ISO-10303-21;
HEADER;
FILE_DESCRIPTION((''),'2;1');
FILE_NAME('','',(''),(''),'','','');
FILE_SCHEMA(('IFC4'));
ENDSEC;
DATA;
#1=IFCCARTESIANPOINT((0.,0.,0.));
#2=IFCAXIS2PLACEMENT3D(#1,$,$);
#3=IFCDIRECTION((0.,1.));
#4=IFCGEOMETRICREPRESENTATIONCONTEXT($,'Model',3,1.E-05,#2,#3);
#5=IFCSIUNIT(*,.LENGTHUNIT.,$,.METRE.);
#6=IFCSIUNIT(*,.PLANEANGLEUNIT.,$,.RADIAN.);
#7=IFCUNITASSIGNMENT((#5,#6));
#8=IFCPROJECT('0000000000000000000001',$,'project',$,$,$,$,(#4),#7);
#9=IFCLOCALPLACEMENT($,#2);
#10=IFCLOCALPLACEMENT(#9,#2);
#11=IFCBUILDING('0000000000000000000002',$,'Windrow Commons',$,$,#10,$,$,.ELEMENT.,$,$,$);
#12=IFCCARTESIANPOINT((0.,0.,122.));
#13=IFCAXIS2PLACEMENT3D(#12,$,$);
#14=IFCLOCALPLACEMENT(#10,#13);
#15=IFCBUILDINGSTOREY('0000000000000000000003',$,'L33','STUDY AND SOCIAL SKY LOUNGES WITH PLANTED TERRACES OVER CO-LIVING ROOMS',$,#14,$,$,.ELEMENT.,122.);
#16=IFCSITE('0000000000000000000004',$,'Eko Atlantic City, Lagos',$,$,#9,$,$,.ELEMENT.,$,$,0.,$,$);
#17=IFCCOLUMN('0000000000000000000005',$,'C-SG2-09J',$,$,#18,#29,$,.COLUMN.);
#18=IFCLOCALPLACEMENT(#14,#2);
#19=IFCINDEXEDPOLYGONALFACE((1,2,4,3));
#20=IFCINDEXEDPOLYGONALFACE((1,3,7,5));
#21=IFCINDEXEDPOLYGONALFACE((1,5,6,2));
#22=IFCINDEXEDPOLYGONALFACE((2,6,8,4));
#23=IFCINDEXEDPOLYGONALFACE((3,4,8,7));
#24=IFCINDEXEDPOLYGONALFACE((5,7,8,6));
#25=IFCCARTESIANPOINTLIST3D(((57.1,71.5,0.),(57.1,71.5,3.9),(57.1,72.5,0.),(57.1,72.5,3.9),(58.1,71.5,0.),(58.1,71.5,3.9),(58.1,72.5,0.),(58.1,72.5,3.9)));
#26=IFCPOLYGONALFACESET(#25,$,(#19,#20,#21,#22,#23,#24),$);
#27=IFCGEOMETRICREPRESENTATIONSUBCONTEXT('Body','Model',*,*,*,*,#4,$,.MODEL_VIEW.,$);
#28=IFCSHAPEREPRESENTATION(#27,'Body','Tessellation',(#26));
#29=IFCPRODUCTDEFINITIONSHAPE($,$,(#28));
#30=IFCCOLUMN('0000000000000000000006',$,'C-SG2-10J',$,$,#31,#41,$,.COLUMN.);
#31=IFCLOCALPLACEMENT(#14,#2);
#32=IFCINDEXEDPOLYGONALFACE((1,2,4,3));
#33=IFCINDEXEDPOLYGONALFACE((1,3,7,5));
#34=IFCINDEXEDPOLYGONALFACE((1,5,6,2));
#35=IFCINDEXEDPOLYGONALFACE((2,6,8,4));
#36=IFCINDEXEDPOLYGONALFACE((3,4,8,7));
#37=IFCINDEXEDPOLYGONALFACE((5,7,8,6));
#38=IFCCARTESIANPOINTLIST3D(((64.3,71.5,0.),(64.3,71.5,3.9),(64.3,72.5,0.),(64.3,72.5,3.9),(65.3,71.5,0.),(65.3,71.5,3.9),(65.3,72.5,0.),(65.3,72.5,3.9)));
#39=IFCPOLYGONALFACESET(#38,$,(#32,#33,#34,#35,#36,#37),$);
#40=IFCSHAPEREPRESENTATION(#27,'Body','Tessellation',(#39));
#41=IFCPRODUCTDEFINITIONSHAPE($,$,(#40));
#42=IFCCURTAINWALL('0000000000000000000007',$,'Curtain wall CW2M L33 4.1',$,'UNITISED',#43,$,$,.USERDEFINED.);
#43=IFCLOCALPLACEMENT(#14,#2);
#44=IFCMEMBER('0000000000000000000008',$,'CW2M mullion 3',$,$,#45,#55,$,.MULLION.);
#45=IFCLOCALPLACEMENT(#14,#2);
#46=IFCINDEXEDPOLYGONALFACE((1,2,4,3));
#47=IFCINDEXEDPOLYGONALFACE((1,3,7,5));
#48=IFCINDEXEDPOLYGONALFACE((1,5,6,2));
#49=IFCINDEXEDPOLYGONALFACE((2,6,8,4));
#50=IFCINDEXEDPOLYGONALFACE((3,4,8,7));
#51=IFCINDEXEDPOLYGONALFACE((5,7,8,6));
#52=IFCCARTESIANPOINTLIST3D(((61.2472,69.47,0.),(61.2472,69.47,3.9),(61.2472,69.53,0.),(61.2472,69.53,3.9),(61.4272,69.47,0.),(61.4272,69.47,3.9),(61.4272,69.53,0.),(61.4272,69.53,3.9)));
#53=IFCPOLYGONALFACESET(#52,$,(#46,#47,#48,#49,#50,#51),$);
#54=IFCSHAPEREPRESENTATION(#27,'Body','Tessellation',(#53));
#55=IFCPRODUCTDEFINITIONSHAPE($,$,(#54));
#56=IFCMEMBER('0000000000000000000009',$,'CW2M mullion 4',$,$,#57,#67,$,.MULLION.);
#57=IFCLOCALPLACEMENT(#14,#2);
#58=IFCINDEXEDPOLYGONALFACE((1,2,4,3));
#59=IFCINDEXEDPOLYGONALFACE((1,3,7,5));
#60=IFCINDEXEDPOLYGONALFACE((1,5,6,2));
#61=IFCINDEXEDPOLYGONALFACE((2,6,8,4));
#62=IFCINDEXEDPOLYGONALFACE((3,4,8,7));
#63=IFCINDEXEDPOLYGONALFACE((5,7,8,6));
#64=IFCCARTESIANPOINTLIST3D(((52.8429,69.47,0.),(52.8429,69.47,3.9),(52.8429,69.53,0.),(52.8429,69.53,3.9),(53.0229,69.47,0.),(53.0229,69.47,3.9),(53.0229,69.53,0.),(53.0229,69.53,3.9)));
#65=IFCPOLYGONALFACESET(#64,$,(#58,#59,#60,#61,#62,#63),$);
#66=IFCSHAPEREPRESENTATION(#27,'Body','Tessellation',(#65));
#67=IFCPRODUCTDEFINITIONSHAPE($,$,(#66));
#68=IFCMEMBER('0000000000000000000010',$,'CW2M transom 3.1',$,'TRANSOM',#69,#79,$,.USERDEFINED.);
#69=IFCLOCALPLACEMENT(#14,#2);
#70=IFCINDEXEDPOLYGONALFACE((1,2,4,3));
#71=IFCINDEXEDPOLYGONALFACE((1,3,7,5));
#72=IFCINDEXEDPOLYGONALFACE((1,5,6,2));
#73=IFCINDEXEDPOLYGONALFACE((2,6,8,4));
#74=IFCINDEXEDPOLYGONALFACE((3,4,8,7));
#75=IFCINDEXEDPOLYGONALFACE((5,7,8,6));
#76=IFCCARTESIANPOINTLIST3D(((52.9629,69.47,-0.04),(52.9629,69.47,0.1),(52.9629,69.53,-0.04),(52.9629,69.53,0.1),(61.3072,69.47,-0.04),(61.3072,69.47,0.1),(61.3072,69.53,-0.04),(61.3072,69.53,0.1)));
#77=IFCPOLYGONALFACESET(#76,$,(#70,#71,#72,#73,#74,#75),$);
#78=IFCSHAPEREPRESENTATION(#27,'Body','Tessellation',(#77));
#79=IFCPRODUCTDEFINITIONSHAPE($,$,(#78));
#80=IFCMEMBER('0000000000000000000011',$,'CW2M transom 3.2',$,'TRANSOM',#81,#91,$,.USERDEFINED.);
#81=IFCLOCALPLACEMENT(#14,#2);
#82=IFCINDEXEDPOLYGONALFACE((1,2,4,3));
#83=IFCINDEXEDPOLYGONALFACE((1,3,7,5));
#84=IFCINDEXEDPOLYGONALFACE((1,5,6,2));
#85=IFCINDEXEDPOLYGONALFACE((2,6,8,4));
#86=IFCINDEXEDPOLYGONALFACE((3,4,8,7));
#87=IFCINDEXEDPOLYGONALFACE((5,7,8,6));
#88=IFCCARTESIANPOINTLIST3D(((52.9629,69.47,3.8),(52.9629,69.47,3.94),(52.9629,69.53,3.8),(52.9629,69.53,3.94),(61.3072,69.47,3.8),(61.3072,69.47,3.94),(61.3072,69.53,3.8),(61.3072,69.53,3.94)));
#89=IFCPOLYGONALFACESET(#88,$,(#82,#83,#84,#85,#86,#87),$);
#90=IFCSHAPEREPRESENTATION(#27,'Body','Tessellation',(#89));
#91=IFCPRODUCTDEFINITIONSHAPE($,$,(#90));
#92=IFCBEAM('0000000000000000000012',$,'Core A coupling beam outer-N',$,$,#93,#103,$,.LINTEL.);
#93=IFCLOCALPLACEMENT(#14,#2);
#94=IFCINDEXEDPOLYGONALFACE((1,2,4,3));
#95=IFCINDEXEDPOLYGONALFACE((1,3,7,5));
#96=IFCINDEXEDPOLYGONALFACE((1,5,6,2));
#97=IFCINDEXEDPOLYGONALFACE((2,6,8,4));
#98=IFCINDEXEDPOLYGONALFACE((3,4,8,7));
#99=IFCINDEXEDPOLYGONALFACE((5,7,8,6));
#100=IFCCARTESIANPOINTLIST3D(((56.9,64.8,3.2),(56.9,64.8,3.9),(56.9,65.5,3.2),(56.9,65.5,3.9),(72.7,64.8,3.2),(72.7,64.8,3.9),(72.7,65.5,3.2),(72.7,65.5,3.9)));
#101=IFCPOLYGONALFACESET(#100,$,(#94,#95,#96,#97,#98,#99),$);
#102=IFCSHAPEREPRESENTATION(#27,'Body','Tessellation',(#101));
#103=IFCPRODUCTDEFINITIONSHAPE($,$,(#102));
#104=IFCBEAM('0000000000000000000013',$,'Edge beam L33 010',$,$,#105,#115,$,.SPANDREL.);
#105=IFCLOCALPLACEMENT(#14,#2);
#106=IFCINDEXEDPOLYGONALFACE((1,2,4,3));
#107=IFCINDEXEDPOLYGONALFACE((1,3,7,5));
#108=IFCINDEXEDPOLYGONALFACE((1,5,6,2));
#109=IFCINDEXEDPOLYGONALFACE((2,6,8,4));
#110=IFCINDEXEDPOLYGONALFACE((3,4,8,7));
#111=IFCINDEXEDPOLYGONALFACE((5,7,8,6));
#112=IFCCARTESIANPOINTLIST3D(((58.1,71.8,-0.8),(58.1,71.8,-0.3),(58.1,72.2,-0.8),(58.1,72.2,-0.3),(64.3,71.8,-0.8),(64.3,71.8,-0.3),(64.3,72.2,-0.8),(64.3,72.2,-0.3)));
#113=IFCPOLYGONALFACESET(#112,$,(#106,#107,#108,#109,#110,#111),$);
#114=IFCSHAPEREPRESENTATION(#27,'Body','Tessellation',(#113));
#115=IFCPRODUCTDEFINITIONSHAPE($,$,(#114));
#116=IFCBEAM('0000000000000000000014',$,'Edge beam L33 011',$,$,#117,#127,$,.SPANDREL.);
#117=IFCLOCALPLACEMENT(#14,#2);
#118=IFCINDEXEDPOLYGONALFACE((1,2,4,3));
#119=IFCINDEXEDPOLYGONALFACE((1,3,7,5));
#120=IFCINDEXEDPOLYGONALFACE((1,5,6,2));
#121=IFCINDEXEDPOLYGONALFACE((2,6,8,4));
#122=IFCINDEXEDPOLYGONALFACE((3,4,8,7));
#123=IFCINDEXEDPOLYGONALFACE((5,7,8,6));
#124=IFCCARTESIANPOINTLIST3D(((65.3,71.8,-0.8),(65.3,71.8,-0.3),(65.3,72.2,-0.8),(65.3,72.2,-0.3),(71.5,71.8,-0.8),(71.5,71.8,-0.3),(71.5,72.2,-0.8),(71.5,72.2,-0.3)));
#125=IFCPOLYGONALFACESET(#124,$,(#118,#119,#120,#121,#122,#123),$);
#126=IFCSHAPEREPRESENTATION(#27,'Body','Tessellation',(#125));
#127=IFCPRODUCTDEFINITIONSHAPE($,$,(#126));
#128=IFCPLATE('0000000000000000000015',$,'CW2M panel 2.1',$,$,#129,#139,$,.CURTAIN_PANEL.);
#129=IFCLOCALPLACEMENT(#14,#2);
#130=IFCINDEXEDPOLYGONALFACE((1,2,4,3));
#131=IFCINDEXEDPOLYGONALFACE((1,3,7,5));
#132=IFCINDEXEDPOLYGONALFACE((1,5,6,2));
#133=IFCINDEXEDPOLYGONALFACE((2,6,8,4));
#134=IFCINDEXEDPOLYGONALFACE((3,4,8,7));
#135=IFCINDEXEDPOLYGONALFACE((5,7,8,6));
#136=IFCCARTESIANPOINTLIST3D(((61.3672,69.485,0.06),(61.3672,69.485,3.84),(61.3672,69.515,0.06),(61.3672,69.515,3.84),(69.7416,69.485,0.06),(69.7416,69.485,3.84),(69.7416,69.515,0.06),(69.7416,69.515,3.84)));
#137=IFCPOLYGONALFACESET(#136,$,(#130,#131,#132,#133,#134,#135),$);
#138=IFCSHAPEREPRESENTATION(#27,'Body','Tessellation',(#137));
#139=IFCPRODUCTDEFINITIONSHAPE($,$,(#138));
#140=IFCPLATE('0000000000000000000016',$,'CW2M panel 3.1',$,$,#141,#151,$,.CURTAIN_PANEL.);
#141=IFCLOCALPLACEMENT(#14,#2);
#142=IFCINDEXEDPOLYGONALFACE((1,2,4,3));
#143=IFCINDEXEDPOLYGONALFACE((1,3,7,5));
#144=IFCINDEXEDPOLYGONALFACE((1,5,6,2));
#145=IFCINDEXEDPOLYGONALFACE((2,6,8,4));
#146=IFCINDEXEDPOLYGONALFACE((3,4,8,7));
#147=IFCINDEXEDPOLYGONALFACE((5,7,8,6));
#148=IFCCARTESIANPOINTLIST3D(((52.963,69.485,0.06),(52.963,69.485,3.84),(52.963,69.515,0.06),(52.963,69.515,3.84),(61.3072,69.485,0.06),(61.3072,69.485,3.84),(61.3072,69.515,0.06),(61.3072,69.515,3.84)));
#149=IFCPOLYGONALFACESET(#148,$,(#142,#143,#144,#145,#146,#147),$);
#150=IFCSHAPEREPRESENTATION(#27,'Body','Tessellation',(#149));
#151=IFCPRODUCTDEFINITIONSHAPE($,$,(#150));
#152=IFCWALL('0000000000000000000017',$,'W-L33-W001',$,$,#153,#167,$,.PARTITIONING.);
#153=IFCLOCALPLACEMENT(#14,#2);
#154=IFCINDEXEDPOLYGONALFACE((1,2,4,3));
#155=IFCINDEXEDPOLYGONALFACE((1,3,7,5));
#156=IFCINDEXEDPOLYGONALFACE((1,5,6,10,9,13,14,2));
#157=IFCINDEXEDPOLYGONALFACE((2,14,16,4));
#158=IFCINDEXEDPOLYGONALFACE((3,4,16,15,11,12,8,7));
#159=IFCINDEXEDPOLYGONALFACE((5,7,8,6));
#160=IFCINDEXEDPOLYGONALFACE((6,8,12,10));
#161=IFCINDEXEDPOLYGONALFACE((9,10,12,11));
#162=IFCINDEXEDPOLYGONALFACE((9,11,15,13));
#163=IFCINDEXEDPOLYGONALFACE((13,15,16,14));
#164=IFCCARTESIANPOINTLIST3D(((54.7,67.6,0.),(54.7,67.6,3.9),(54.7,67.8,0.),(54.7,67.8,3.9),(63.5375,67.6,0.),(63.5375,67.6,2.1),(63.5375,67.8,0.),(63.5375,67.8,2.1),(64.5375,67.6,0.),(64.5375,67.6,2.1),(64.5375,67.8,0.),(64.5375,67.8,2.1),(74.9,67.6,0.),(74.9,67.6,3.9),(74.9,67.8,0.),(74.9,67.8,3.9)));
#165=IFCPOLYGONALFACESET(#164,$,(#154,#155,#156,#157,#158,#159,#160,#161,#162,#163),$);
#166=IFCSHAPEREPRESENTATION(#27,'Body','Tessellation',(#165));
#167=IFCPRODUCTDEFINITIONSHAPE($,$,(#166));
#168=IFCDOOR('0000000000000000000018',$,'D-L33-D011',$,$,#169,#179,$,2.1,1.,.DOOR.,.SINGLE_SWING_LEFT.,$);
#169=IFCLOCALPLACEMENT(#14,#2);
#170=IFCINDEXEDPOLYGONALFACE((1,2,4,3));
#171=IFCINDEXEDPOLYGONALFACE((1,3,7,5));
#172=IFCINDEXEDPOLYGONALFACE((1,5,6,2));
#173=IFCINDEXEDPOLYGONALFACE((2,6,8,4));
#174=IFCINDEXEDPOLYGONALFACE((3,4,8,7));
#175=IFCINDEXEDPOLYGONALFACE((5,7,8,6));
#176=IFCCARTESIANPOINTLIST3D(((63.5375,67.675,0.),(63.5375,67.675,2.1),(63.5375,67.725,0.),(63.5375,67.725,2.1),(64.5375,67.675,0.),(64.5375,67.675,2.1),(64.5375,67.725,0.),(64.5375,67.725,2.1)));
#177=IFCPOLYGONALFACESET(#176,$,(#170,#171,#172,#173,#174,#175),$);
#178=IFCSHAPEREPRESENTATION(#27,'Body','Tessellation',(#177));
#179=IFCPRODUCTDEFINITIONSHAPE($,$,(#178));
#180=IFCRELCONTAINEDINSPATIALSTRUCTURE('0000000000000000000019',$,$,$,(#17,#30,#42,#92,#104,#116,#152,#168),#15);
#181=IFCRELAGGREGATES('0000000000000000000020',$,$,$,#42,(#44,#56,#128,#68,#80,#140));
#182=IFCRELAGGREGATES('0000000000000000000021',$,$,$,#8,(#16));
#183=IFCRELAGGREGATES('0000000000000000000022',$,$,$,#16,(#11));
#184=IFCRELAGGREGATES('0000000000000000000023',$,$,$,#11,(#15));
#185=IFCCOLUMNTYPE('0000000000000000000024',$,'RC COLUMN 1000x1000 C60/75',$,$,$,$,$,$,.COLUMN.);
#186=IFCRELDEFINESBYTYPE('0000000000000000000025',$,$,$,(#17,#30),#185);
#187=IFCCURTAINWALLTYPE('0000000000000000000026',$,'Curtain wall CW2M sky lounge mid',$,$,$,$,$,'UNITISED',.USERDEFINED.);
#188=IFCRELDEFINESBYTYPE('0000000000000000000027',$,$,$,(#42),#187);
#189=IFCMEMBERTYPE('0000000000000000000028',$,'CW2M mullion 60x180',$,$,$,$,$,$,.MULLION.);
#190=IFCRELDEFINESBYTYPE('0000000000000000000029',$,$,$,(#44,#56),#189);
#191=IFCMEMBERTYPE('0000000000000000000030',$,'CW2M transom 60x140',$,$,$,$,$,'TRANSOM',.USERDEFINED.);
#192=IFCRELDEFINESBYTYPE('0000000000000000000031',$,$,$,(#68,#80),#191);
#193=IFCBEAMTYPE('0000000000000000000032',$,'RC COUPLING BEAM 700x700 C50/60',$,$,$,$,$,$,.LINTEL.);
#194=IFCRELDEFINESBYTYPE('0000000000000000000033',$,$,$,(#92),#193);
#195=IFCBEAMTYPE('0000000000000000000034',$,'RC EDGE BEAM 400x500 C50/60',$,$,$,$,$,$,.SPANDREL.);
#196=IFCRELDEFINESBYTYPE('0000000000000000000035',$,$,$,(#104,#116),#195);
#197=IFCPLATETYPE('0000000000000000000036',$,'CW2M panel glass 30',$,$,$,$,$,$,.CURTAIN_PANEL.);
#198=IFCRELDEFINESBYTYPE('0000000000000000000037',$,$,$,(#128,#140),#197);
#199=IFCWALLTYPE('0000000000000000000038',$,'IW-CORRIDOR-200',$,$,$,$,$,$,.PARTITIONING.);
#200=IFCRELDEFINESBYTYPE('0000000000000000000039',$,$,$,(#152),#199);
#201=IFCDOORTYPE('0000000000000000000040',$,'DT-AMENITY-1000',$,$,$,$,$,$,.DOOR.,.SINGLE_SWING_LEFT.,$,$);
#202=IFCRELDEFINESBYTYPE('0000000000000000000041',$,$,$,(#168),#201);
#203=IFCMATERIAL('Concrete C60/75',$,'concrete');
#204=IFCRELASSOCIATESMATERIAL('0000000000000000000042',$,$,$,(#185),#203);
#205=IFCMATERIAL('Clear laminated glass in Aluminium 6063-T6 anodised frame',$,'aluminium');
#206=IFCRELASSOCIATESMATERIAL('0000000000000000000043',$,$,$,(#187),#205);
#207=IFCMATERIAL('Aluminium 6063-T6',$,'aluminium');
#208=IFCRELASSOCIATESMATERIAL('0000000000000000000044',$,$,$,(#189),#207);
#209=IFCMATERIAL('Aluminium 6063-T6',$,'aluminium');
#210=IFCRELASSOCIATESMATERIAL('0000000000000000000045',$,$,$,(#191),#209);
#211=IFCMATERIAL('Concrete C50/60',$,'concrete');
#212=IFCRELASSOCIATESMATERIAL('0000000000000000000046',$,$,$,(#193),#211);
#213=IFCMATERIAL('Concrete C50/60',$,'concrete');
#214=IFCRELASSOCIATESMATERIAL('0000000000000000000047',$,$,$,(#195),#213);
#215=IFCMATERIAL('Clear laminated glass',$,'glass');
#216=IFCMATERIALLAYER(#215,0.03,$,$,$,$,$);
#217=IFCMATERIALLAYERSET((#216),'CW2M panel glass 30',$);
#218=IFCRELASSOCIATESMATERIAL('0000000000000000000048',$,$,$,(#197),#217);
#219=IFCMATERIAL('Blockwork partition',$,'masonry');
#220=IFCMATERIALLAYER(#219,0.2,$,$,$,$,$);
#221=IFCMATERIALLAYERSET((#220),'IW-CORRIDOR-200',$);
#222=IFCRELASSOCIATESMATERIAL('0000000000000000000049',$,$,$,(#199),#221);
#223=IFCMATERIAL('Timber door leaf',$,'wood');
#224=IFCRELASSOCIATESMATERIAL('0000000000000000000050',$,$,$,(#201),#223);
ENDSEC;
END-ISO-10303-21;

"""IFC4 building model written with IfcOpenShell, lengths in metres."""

from ifc_helpers import new_model, si_unit, direction, frame, frame_2d, origin, origin_2d, place, context, subcontext, project, spatial, rectangle, extrude, material, layer, layer_set, material_profile, profile_set, type_object, element, fill, aggregate, save


model = new_model("IFC4")

# Units and contexts
model_context = context("Model", 3, precision=1e-05, world=origin(), true_north=direction((0.0, 1.0)))
body_context = subcontext(model_context, "Body", "Model", "MODEL_VIEW")
ifc_project = project(units=[si_unit("LENGTHUNIT", "METRE"), si_unit("PLANEANGLEUNIT", "RADIAN")], contexts=[model_context])

# Site, building, storey
site_placement = place(None, origin())
site = spatial("IfcSite", under=ifc_project, at=site_placement, Name="Eko Atlantic City, Lagos", CompositionType="ELEMENT", RefElevation=0.0)
building_placement = place(site_placement, origin())
building = spatial("IfcBuilding", under=site, at=building_placement, Name="Windrow Commons", CompositionType="ELEMENT")
storey_placement = place(building_placement, frame((0.0, 0.0, 122.0)))
storey = spatial("IfcBuildingStorey", under=building, at=storey_placement, Name="L33", Description="STUDY AND SOCIAL SKY LOUNGES WITH PLANTED TERRACES OVER CO-LIVING ROOMS", CompositionType="ELEMENT", Elevation=122.0)

# Columns
ifc_material_1 = material(Name="Concrete C60/75", Category="concrete")
ifc_material_profile_1 = material_profile(ifc_material_1, rectangle(XDim=1.0, YDim=1.0, at=origin_2d()))
ifc_profile_set_1 = profile_set([ifc_material_profile_1], Name="Concrete C60/75")
column_type = type_object("IfcColumnType", Name="RC COLUMN 1000x1000 C60/75", PredefinedType="COLUMN", material=ifc_profile_set_1)
for number, where, z_axis, x_axis, name in (
    (1, (57.6, 72.0, 0.0), (0.0, 0.0, 1.0), (1.0, 0.0, 0.0), "C-SG2-09J"),
    (2, (64.8, 72.0, 0.0), (0.0, 0.0, 1.0), (1.0, 0.0, 0.0), "C-SG2-10J"),
):
    element("IfcColumn", number, at=place(storey_placement, frame(where, z_axis=z_axis, x_axis=x_axis)), inside=storey, type_object=column_type, Name=name, PredefinedType="COLUMN", context=body_context, shape_type="SweptSolid", body=[
        extrude(rectangle(XDim=1.0, YDim=1.0, at=origin_2d()), origin(), (0.0, 0.0, 1.0), 3.9),
    ])

# Curtain wall, members
ifc_material_2 = material(Name="Clear laminated glass in Aluminium 6063-T6 anodised frame", Category="aluminium")
curtain_wall_type = type_object("IfcCurtainWallType", Name="Curtain wall CW2M sky lounge mid", ElementType="UNITISED", PredefinedType="USERDEFINED", material=ifc_material_2)
placement = place(storey_placement, origin())
curtain_wall = element("IfcCurtainWall", 3, at=placement, inside=storey, type_object=curtain_wall_type, Name="Curtain wall CW2M L33 4.1", ObjectType="UNITISED", PredefinedType="USERDEFINED")
ifc_material_3 = material(Name="Aluminium 6063-T6", Category="aluminium")
ifc_material_profile_2 = material_profile(ifc_material_3, rectangle(XDim=0.06, YDim=0.18, at=origin_2d()))
ifc_profile_set_2 = profile_set([ifc_material_profile_2], Name="Aluminium 6063-T6")
member_type_1 = type_object("IfcMemberType", Name="CW2M mullion 60x180", PredefinedType="MULLION", material=ifc_profile_set_2)
member_1_placement = place(storey_placement, frame((61.3372, 69.5, 0.0), z_axis=(0.0, 0.0, 1.0), x_axis=(0.0, -1.0, 0.0)))
member_1 = element("IfcMember", 4, at=member_1_placement, type_object=member_type_1, Name="CW2M mullion 3", PredefinedType="MULLION", context=body_context, shape_type="SweptSolid", body=[
    extrude(rectangle(XDim=0.06, YDim=0.18, at=origin_2d()), origin(), (0.0, 0.0, 1.0), 3.9),
])
member_2_placement = place(storey_placement, frame((52.9329, 69.5, 0.0), z_axis=(0.0, 0.0, 1.0), x_axis=(0.0, -1.0, 0.0)))
member_2 = element("IfcMember", 5, at=member_2_placement, type_object=member_type_1, Name="CW2M mullion 4", PredefinedType="MULLION", context=body_context, shape_type="SweptSolid", body=[
    extrude(rectangle(XDim=0.06, YDim=0.18, at=origin_2d()), origin(), (0.0, 0.0, 1.0), 3.9),
])
ifc_material_4 = material(Name="Aluminium 6063-T6", Category="aluminium")
ifc_material_profile_3 = material_profile(ifc_material_4, rectangle(XDim=0.06, YDim=0.14, at=origin_2d()))
ifc_profile_set_3 = profile_set([ifc_material_profile_3], Name="Aluminium 6063-T6")
member_type_2 = type_object("IfcMemberType", Name="CW2M transom 60x140", ElementType="TRANSOM", PredefinedType="USERDEFINED", material=ifc_profile_set_3)
member_3_placement = place(storey_placement, frame((61.3072, 69.5, 0.03), z_axis=(-1.0, 0.0, 0.0), x_axis=(0.0, -1.0, 0.0)))
member_3 = element("IfcMember", 6, at=member_3_placement, type_object=member_type_2, Name="CW2M transom 3.1", ObjectType="TRANSOM", PredefinedType="USERDEFINED", context=body_context, shape_type="SweptSolid", body=[
    extrude(rectangle(XDim=0.06, YDim=0.14, at=origin_2d()), origin(), (0.0, 0.0, 1.0), 8.3443),
])
member_4_placement = place(storey_placement, frame((61.3072, 69.5, 3.87), z_axis=(-1.0, 0.0, 0.0), x_axis=(0.0, -1.0, 0.0)))
member_4 = element("IfcMember", 7, at=member_4_placement, type_object=member_type_2, Name="CW2M transom 3.2", ObjectType="TRANSOM", PredefinedType="USERDEFINED", context=body_context, shape_type="SweptSolid", body=[
    extrude(rectangle(XDim=0.06, YDim=0.14, at=origin_2d()), origin(), (0.0, 0.0, 1.0), 8.3443),
])

# Beams
ifc_material_5 = material(Name="Concrete C50/60", Category="concrete")
ifc_material_profile_4 = material_profile(ifc_material_5, rectangle(XDim=0.7, YDim=0.7, at=origin_2d()))
ifc_profile_set_4 = profile_set([ifc_material_profile_4], Name="Concrete C50/60")
beam_type_1 = type_object("IfcBeamType", Name="RC COUPLING BEAM 700x700 C50/60", PredefinedType="LINTEL", material=ifc_profile_set_4)
beam_placement = place(storey_placement, frame((56.9, 65.15, 3.55), z_axis=(1.0, 0.0, 0.0), x_axis=(0.0, 1.0, 0.0)))
element("IfcBeam", 8, at=beam_placement, inside=storey, type_object=beam_type_1, Name="Core A coupling beam outer-N", PredefinedType="LINTEL", context=body_context, shape_type="SweptSolid", body=[
    extrude(rectangle(XDim=0.7, YDim=0.7, at=origin_2d()), origin(), (0.0, 0.0, 1.0), 15.8),
])
ifc_material_6 = material(Name="Concrete C50/60", Category="concrete")
ifc_material_profile_5 = material_profile(ifc_material_6, rectangle(XDim=0.4, YDim=0.5, at=origin_2d()))
ifc_profile_set_5 = profile_set([ifc_material_profile_5], Name="Concrete C50/60")
beam_type_2 = type_object("IfcBeamType", Name="RC EDGE BEAM 400x500 C50/60", PredefinedType="SPANDREL", material=ifc_profile_set_5)
for number, where, z_axis, x_axis, name in (
    (9, (58.1, 72.0, -0.55), (1.0, 0.0, 0.0), (0.0, 1.0, 0.0), "Edge beam L33 010"),
    (10, (65.3, 72.0, -0.55), (1.0, 0.0, 0.0), (0.0, 1.0, 0.0), "Edge beam L33 011"),
):
    element("IfcBeam", number, at=place(storey_placement, frame(where, z_axis=z_axis, x_axis=x_axis)), inside=storey, type_object=beam_type_2, Name=name, PredefinedType="SPANDREL", context=body_context, shape_type="SweptSolid", body=[
        extrude(rectangle(XDim=0.4, YDim=0.5, at=origin_2d()), origin(), (0.0, 0.0, 1.0), 6.2),
    ])

# Plates
ifc_material_7 = material(Name="Clear laminated glass", Category="glass")
ifc_layer_1 = layer(ifc_material_7, 0.03)
ifc_layer_set_1 = layer_set([ifc_layer_1], Name="CW2M panel glass 30")
plate_type = type_object("IfcPlateType", Name="CW2M panel glass 30", PredefinedType="CURTAIN_PANEL", material=ifc_layer_set_1)
plate_1_placement = place(storey_placement, frame((65.5544, 69.5, 0.06), z_axis=(0.0, 0.0, 1.0), x_axis=(-1.0, 0.0, 0.0)))
plate_1 = element("IfcPlate", 11, at=plate_1_placement, type_object=plate_type, Name="CW2M panel 2.1", PredefinedType="CURTAIN_PANEL", context=body_context, shape_type="SweptSolid", body=[
    extrude(rectangle(XDim=8.3743, YDim=0.03, at=origin_2d()), origin(), (0.0, 0.0, 1.0), 3.78),
])
plate_2_placement = place(storey_placement, frame((57.1351, 69.5, 0.06), z_axis=(0.0, 0.0, 1.0), x_axis=(-1.0, 0.0, 0.0)))
plate_2 = element("IfcPlate", 12, at=plate_2_placement, type_object=plate_type, Name="CW2M panel 3.1", PredefinedType="CURTAIN_PANEL", context=body_context, shape_type="SweptSolid", body=[
    extrude(rectangle(XDim=8.3443, YDim=0.03, at=origin_2d()), origin(), (0.0, 0.0, 1.0), 3.78),
])
aggregate(curtain_wall, [member_1, member_2, plate_1, member_3, member_4, plate_2])

# Wall, opening, door
ifc_material_8 = material(Name="Blockwork partition", Category="masonry")
ifc_layer_2 = layer(ifc_material_8, 0.2)
ifc_layer_set_2 = layer_set([ifc_layer_2], Name="IW-CORRIDOR-200")
wall_type_1 = type_object("IfcWallType", Name="IW-CORRIDOR-200", PredefinedType="PARTITIONING", material=ifc_layer_set_2)
wall_1_placement = place(storey_placement, frame((54.7, 67.7, 0.0), z_axis=(0.0, 0.0, 1.0), x_axis=(1.0, 0.0, 0.0)))
wall_1 = element("IfcWall", 13, at=wall_1_placement, inside=storey, type_object=wall_type_1, Name="W-L33-W001", PredefinedType="PARTITIONING", context=body_context, shape_type="SweptSolid", body=[
    extrude(rectangle(XDim=20.2, YDim=0.2, at=frame_2d((10.1, 0.0))), origin(), (0.0, 0.0, 1.0), 3.9),
])
opening_1_placement = place(wall_1_placement, frame((8.8375, 0.0, 0.0)))
opening_1 = element("IfcOpeningElement", 14, at=opening_1_placement, cuts=wall_1, PredefinedType="OPENING", context=body_context, shape_type="SweptSolid", body=[
    extrude(rectangle(XDim=1.0, YDim=2.1, at=frame_2d((0.5, 1.05))), frame((0.0, 0.11, 0.0), z_axis=(0.0, -1.0, 0.0), x_axis=(1.0, 0.0, 0.0)), (0.0, 0.0, 1.0), 0.22),
])
ifc_material_9 = material(Name="Timber door leaf", Category="wood")
door_type_1 = type_object("IfcDoorType", Name="DT-AMENITY-1000", OperationType="SINGLE_SWING_LEFT", PredefinedType="DOOR", material=ifc_material_9)
door_1_placement = place(opening_1_placement, origin())
door_1 = element("IfcDoor", 15, at=door_1_placement, inside=storey, type_object=door_type_1, Name="D-L33-D011", OperationType="SINGLE_SWING_LEFT", OverallHeight=2.1, OverallWidth=1.0, PredefinedType="DOOR", context=body_context, shape_type="SweptSolid", body=[
    extrude(rectangle(XDim=1.0, YDim=2.1, at=frame_2d((0.5, 1.05))), frame((0.0, 0.025, 0.0), z_axis=(0.0, -1.0, 0.0), x_axis=(1.0, 0.0, 0.0)), (0.0, 0.0, 1.0), 0.05),
])
fill(opening_1, door_1)

save(model, "model.ifc")
